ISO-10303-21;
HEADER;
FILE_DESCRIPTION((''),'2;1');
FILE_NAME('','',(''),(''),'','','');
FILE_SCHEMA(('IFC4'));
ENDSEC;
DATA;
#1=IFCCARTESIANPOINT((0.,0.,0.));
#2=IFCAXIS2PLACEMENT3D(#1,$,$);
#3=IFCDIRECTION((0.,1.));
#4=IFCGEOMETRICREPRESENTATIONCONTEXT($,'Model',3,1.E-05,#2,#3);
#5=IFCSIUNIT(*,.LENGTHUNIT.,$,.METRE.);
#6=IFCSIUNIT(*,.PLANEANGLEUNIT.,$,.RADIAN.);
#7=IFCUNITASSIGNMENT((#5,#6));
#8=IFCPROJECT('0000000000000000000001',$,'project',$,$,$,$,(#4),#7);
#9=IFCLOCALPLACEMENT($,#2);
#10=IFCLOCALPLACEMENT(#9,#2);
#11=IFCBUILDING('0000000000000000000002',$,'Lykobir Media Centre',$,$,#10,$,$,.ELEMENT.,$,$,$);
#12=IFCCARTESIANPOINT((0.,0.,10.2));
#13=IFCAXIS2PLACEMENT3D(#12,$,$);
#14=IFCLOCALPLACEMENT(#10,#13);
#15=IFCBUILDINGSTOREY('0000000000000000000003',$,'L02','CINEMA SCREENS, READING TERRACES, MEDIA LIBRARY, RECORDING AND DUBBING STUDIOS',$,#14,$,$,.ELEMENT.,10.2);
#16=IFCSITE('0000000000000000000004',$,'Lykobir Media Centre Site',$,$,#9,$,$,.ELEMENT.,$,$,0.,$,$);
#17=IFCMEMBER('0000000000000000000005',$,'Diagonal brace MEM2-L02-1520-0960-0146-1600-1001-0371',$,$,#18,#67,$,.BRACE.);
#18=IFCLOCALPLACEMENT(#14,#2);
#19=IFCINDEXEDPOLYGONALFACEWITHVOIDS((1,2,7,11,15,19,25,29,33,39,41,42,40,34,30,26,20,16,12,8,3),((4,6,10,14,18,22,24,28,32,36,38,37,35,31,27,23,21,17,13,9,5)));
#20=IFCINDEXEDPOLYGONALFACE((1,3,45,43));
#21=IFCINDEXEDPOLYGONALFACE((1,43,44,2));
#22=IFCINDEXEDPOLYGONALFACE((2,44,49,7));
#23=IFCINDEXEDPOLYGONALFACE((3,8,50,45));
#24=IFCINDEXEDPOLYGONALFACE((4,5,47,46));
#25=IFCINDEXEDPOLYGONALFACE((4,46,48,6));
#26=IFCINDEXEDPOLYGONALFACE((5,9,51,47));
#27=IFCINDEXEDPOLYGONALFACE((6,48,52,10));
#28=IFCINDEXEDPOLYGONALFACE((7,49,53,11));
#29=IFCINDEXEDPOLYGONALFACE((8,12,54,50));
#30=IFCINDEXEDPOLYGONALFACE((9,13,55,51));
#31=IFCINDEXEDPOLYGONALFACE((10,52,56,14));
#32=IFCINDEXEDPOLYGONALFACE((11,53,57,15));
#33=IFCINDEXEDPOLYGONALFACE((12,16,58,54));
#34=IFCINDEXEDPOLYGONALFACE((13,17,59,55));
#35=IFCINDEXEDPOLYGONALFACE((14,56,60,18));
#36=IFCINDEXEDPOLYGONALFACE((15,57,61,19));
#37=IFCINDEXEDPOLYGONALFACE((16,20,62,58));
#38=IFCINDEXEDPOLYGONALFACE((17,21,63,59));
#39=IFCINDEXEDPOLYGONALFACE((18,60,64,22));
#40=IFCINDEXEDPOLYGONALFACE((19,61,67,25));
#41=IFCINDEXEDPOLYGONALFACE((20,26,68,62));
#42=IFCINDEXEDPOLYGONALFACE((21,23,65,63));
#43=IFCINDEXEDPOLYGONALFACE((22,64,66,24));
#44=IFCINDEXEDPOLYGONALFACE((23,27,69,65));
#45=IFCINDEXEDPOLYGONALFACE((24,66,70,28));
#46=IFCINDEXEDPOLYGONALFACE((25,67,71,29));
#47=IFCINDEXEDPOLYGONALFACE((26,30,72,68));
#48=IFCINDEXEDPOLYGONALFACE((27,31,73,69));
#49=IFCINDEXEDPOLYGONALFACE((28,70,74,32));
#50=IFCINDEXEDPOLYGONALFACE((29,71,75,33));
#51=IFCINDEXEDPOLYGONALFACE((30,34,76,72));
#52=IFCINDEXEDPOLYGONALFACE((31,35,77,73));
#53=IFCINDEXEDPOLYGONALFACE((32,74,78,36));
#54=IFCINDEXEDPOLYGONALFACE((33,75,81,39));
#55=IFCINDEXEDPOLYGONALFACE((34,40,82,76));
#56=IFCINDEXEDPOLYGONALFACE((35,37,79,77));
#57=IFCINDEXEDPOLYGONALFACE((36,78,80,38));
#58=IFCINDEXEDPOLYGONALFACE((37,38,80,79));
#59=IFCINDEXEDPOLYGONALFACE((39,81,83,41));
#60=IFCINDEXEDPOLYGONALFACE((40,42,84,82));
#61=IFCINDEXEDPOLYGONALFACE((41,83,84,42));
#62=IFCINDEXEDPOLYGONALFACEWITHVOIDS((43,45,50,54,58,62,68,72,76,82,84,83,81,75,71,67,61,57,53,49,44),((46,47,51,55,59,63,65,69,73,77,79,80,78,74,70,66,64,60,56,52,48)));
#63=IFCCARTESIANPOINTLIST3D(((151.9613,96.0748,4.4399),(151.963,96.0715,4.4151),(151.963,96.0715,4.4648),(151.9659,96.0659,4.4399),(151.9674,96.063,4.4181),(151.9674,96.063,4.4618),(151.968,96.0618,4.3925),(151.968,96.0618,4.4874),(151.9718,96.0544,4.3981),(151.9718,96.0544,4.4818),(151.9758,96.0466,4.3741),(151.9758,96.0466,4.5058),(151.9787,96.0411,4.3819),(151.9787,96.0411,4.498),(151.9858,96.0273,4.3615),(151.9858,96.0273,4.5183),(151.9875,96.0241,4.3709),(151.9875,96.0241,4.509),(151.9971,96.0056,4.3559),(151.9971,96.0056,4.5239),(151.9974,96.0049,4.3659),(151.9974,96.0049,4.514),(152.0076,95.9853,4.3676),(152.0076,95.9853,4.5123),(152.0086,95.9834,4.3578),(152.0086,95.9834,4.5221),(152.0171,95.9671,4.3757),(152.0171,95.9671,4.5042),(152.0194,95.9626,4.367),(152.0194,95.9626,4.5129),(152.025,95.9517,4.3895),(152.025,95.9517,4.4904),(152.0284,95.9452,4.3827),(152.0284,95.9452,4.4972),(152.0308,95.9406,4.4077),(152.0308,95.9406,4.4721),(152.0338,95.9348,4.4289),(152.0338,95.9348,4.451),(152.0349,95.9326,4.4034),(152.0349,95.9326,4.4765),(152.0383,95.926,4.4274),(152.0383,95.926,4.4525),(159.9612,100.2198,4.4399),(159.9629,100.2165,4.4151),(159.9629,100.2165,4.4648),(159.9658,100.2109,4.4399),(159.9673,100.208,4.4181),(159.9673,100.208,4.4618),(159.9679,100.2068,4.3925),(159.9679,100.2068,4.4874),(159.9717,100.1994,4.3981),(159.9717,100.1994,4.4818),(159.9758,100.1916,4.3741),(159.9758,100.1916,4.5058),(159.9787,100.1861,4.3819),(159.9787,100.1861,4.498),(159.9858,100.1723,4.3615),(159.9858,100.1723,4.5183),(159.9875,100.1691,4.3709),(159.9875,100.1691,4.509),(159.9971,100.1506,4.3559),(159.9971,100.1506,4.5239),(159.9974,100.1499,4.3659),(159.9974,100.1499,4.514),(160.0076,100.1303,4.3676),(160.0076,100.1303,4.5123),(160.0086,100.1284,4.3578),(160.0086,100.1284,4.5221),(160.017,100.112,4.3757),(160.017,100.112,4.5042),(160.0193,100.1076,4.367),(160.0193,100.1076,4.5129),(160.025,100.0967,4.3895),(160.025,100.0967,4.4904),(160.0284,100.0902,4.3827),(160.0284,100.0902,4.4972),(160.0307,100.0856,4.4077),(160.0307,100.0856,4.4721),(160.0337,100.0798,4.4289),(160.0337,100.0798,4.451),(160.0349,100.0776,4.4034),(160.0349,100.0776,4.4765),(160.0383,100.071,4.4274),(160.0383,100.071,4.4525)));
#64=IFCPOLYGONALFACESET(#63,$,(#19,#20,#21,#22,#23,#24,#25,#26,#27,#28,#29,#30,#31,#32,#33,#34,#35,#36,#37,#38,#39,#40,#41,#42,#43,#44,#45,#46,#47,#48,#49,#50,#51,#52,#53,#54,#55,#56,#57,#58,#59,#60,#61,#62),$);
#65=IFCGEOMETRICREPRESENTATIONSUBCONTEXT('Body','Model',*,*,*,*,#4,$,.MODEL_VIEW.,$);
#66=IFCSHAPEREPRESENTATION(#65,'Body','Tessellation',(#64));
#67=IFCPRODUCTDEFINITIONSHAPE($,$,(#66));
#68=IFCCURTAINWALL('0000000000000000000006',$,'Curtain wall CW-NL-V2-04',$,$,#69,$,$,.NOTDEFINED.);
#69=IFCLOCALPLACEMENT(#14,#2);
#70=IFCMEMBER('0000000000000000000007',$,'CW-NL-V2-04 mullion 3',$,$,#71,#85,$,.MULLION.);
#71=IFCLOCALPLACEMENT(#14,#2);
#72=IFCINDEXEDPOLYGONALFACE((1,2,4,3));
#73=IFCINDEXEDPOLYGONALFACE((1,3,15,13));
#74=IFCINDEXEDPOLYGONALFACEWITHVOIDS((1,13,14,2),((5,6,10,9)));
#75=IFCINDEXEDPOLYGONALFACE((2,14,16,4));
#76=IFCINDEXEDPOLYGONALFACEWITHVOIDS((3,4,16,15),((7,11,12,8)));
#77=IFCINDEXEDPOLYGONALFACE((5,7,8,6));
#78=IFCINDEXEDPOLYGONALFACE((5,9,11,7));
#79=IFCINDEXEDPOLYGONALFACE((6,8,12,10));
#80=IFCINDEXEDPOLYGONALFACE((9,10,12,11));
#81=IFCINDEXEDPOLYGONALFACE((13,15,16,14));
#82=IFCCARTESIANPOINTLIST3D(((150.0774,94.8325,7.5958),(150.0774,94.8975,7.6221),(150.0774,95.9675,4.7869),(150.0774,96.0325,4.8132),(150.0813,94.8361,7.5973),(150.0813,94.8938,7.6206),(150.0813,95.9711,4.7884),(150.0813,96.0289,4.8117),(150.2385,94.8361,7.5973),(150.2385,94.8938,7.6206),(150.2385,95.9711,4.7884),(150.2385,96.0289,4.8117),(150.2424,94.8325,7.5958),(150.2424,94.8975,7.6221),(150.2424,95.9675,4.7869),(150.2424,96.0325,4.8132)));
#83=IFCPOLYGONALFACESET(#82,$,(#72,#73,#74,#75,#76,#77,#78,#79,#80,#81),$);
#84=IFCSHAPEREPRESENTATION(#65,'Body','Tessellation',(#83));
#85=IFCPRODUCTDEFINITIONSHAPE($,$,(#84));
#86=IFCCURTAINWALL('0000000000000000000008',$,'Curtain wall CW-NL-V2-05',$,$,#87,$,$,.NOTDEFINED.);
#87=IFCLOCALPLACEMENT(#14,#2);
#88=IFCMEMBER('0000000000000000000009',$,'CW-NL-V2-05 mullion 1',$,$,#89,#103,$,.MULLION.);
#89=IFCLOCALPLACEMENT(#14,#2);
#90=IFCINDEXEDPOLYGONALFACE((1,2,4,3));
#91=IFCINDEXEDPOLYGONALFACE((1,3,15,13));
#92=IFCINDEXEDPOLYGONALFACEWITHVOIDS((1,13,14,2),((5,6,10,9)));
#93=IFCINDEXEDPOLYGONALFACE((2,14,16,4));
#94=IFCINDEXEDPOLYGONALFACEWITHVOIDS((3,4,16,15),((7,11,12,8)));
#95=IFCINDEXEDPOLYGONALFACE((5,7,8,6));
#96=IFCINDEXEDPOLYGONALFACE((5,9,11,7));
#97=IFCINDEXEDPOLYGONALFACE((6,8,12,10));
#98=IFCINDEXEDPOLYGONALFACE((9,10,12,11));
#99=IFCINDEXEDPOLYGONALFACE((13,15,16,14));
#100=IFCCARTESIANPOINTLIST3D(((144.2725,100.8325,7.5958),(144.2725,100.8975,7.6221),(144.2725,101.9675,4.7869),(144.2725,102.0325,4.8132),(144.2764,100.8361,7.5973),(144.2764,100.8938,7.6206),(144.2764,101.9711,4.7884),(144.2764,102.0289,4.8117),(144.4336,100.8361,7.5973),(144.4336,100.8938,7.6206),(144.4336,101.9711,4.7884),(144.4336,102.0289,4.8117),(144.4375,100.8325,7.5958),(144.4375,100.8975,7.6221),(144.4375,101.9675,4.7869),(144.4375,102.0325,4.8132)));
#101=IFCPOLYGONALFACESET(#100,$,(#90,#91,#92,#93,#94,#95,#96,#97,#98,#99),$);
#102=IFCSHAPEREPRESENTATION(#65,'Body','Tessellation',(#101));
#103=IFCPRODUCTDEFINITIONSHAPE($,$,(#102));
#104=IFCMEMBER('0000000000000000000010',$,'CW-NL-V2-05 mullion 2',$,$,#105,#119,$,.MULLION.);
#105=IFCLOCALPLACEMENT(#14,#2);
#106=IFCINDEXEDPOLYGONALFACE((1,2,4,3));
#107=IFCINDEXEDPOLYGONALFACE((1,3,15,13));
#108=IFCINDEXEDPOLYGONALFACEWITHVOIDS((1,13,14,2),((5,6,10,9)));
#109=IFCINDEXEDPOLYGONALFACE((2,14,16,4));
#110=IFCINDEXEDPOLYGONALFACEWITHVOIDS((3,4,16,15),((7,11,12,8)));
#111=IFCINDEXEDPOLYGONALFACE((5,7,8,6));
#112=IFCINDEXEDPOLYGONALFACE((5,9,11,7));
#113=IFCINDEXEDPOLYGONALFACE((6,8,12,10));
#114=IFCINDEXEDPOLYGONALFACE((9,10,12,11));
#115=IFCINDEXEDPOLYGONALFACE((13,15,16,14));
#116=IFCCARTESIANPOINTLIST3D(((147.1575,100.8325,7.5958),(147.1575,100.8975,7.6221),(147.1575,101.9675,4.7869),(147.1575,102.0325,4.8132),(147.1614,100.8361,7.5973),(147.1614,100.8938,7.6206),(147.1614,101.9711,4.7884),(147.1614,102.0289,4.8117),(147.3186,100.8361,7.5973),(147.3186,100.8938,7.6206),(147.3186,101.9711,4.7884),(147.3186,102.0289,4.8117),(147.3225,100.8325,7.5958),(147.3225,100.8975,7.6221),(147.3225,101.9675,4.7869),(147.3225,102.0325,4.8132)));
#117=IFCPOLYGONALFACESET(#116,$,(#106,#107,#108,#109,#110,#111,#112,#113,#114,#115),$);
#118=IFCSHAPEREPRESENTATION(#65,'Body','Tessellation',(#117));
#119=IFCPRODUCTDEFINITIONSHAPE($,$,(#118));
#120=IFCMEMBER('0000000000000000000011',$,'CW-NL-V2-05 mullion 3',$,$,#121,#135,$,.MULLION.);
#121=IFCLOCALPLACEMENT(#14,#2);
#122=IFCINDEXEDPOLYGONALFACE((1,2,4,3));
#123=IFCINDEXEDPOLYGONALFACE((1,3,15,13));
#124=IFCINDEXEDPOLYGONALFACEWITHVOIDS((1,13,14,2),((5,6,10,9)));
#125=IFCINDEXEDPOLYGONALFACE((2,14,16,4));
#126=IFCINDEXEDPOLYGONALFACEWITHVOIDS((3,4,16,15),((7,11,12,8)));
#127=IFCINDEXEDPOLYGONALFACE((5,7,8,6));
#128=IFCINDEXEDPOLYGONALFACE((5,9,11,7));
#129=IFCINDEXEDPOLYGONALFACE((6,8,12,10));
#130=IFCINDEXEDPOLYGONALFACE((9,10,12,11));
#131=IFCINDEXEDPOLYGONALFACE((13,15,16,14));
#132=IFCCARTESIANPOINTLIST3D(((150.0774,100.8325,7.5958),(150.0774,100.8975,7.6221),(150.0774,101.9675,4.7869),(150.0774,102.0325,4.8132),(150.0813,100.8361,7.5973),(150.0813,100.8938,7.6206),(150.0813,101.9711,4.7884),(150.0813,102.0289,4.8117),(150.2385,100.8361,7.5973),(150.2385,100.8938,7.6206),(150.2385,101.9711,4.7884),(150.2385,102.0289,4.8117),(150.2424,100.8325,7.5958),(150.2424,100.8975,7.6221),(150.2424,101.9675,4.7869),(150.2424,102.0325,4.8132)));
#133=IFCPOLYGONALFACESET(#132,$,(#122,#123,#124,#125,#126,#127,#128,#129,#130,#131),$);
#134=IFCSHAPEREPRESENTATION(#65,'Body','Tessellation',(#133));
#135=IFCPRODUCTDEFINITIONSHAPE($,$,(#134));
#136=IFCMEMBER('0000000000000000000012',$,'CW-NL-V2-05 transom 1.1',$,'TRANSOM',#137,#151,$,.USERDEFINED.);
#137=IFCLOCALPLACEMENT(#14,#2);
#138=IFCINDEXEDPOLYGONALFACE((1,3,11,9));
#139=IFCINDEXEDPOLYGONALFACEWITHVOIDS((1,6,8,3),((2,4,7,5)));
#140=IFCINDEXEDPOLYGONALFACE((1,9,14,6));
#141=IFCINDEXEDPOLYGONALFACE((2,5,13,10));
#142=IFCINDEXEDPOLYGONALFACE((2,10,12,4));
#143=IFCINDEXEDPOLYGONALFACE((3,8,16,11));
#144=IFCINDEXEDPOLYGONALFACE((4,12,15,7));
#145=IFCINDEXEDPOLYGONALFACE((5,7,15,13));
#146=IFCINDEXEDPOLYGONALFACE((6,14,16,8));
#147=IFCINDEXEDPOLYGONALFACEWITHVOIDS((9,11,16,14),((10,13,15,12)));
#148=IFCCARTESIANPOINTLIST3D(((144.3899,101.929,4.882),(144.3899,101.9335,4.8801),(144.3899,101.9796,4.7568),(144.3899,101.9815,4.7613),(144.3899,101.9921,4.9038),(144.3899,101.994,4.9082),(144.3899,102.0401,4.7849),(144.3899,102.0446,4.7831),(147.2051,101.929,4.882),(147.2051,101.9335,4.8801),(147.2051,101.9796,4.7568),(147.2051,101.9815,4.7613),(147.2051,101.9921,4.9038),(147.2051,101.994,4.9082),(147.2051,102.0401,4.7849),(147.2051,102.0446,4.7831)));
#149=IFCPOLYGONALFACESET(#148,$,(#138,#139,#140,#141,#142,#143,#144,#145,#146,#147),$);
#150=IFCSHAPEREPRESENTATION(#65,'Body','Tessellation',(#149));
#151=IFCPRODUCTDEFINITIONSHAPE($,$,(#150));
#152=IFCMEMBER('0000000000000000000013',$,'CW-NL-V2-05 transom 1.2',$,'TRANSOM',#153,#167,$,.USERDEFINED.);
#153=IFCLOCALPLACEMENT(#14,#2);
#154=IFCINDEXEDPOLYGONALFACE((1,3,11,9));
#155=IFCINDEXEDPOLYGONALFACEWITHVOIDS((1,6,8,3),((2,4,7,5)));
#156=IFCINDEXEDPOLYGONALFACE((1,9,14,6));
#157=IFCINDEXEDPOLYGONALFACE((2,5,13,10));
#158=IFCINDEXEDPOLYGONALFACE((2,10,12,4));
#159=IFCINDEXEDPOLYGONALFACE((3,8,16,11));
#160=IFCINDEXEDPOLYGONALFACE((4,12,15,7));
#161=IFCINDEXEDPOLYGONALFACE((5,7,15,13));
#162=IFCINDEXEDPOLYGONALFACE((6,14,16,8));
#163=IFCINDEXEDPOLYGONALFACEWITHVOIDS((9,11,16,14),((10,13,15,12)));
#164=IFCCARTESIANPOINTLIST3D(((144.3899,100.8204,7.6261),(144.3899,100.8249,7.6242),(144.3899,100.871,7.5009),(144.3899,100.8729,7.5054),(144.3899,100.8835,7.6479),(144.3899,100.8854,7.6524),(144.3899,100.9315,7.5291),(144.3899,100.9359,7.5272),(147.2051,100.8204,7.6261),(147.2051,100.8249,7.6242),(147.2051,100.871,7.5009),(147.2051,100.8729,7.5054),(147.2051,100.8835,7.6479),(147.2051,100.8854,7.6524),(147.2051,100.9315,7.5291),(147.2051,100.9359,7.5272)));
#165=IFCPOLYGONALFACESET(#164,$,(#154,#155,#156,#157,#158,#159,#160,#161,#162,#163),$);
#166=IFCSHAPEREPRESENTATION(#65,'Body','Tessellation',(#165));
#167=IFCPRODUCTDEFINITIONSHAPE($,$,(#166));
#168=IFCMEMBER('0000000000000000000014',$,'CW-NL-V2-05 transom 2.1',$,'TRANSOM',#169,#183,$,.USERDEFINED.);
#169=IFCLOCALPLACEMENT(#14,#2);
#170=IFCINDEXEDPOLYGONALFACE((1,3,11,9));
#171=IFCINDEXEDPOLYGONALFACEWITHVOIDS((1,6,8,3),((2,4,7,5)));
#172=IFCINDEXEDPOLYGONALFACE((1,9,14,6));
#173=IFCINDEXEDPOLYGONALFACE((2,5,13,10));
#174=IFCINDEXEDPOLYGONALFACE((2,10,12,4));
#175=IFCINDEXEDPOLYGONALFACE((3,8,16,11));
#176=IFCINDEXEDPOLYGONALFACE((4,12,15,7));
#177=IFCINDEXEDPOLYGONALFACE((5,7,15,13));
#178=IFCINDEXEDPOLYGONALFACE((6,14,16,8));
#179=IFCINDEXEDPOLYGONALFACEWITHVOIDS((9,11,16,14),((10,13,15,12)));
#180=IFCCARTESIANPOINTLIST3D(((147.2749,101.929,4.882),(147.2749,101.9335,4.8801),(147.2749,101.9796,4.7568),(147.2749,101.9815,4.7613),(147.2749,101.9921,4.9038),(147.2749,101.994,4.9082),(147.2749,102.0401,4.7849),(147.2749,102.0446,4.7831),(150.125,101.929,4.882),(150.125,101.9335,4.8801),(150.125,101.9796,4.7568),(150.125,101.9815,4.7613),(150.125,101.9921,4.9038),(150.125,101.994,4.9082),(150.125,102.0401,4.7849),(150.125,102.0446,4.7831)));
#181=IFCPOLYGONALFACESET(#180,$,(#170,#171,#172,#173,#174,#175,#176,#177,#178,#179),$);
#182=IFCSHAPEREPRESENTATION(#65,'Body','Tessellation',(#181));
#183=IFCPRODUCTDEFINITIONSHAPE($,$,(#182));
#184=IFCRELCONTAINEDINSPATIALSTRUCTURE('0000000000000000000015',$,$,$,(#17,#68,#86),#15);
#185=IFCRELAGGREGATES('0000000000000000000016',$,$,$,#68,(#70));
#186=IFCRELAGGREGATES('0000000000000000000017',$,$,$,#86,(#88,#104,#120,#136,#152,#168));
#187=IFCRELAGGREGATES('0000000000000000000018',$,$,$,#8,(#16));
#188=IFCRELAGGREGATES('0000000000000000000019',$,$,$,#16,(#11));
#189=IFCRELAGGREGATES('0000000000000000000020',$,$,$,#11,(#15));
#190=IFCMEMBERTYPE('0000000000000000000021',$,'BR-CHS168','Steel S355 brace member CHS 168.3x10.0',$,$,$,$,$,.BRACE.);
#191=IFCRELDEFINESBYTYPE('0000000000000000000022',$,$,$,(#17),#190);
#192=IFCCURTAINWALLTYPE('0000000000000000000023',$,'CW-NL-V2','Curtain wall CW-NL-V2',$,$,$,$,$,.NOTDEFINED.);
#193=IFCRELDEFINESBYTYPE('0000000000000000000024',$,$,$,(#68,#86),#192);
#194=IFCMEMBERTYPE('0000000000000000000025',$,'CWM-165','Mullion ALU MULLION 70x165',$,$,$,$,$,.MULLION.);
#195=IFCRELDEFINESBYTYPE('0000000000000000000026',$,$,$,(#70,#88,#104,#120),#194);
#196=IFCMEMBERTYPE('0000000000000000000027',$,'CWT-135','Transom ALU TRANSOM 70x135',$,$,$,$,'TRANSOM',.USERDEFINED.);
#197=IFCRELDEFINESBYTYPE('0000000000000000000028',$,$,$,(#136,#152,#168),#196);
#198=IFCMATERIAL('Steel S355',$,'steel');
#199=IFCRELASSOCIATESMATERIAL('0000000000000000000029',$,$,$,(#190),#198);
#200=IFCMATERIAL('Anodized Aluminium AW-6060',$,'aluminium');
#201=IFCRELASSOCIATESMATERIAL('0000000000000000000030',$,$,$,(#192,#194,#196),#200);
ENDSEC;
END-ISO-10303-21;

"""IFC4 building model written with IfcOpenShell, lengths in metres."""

from ifc_helpers import new_model, si_unit, direction, frame, origin, origin_2d, place, context, subcontext, project, spatial, hollow_rectangle, hollow_circle, extrude, material, material_profile, profile_set, type_object, element, aggregate, save


model = new_model("IFC4")

# Units and contexts
model_context = context("Model", 3, precision=1e-05, world=origin(), true_north=direction((0.0, 1.0)))
body_context = subcontext(model_context, "Body", "Model", "MODEL_VIEW")
ifc_project = project(units=[si_unit("LENGTHUNIT", "METRE"), si_unit("PLANEANGLEUNIT", "RADIAN")], contexts=[model_context])

# Site, building, storey
site_placement = place(None, origin())
site = spatial("IfcSite", under=ifc_project, at=site_placement, Name="Lykobir Media Centre Site", CompositionType="ELEMENT", RefElevation=0.0)
building_placement = place(site_placement, origin())
building = spatial("IfcBuilding", under=site, at=building_placement, Name="Lykobir Media Centre", CompositionType="ELEMENT")
storey_placement = place(building_placement, frame((0.0, 0.0, 10.2)))
storey = spatial("IfcBuildingStorey", under=building, at=storey_placement, Name="L02", Description="CINEMA SCREENS, READING TERRACES, MEDIA LIBRARY, RECORDING AND DUBBING STUDIOS", CompositionType="ELEMENT", Elevation=10.2)

# Member
ifc_material_1 = material(Name="Steel S355", Category="steel")
ifc_material_profile_1 = material_profile(ifc_material_1, hollow_circle(Radius=0.0842, WallThickness=0.01, at=origin_2d()), Name="CHS 168.3x10.0")
ifc_profile_set_1 = profile_set([ifc_material_profile_1], Name="Steel S355")
member_type_1 = type_object("IfcMemberType", Name="BR-CHS168", Description="Steel S355 brace member CHS 168.3x10.0", PredefinedType="BRACE", material=ifc_profile_set_1)
member_1_placement = place(storey_placement, frame((152.0, 96.0, 4.4399), z_axis=(0.887896, 0.460043, 0.0), x_axis=(-0.460043, 0.887896, 0.0)))
element("IfcMember", 1, at=member_1_placement, inside=storey, type_object=member_type_1, Name="Diagonal brace MEM2-L02-1520-0960-0146-1600-1001-0371", PredefinedType="BRACE", context=body_context, shape_type="SweptSolid", body=[
    extrude(hollow_circle(Radius=0.0842, WallThickness=0.01, at=origin_2d()), origin(), (0.0, 0.0, 1.0), 9.01),
])

# Curtain wall, member
ifc_material_2 = material(Name="Anodized Aluminium AW-6060", Category="aluminium")
curtain_wall_type = type_object("IfcCurtainWallType", Name="CW-NL-V2", Description="Curtain wall CW-NL-V2", PredefinedType="NOTDEFINED", material=ifc_material_2)
curtain_wall_1_placement = place(storey_placement, origin())
curtain_wall_1 = element("IfcCurtainWall", 2, at=curtain_wall_1_placement, inside=storey, type_object=curtain_wall_type, Name="Curtain wall CW-NL-V2-04", PredefinedType="NOTDEFINED")
ifc_material_profile_2 = material_profile(ifc_material_2, hollow_rectangle(XDim=0.0701, YDim=0.165, WallThickness=0.0039, at=origin_2d()), Name="ALU MULLION 70x165")
ifc_profile_set_2 = profile_set([ifc_material_profile_2], Name="Anodized Aluminium AW-6060")
member_type_2 = type_object("IfcMemberType", Name="CWM-165", Description="Mullion ALU MULLION 70x165", PredefinedType="MULLION", material=ifc_profile_set_2)
member_2_placement = place(storey_placement, frame((150.1599, 96.0, 4.8), z_axis=(0.0, -0.374654, 0.927165), x_axis=(0.0, 0.927165, 0.374654)))
member_2 = element("IfcMember", 3, at=member_2_placement, type_object=member_type_2, Name="CW-NL-V2-04 mullion 3", PredefinedType="MULLION", context=body_context, shape_type="SweptSolid", body=[
    extrude(hollow_rectangle(XDim=0.0701, YDim=0.165, WallThickness=0.0039, at=origin_2d()), origin(), (0.0, 0.0, 1.0), 3.0295),
])
aggregate(curtain_wall_1, [member_2])

# Curtain wall, members
curtain_wall_2_placement = place(storey_placement, origin())
curtain_wall_2 = element("IfcCurtainWall", 4, at=curtain_wall_2_placement, inside=storey, type_object=curtain_wall_type, Name="Curtain wall CW-NL-V2-05", PredefinedType="NOTDEFINED")
member_3_placement = place(storey_placement, frame((144.355, 102.0, 4.8), z_axis=(0.0, -0.374654, 0.927165), x_axis=(0.0, 0.927165, 0.374654)))
member_3 = element("IfcMember", 5, at=member_3_placement, type_object=member_type_2, Name="CW-NL-V2-05 mullion 1", PredefinedType="MULLION", context=body_context, shape_type="SweptSolid", body=[
    extrude(hollow_rectangle(XDim=0.0701, YDim=0.165, WallThickness=0.0039, at=origin_2d()), origin(), (0.0, 0.0, 1.0), 3.0295),
])
member_4_placement = place(storey_placement, frame((147.24, 102.0, 4.8), z_axis=(0.0, -0.374654, 0.927165), x_axis=(0.0, 0.927165, 0.374654)))
member_4 = element("IfcMember", 6, at=member_4_placement, type_object=member_type_2, Name="CW-NL-V2-05 mullion 2", PredefinedType="MULLION", context=body_context, shape_type="SweptSolid", body=[
    extrude(hollow_rectangle(XDim=0.0701, YDim=0.165, WallThickness=0.0039, at=origin_2d()), origin(), (0.0, 0.0, 1.0), 3.0295),
])
member_5_placement = place(storey_placement, frame((150.1599, 102.0, 4.8), z_axis=(0.0, -0.374654, 0.927165), x_axis=(0.0, 0.927165, 0.374654)))
member_5 = element("IfcMember", 7, at=member_5_placement, type_object=member_type_2, Name="CW-NL-V2-05 mullion 3", PredefinedType="MULLION", context=body_context, shape_type="SweptSolid", body=[
    extrude(hollow_rectangle(XDim=0.0701, YDim=0.165, WallThickness=0.0039, at=origin_2d()), origin(), (0.0, 0.0, 1.0), 3.0295),
])
ifc_material_profile_3 = material_profile(ifc_material_2, hollow_rectangle(XDim=0.0701, YDim=0.135, WallThickness=0.0034, at=origin_2d()), Name="ALU TRANSOM 70x135")
ifc_profile_set_3 = profile_set([ifc_material_profile_3], Name="Anodized Aluminium AW-6060")
member_type_3 = type_object("IfcMemberType", Name="CWT-135", Description="Transom ALU TRANSOM 70x135", ElementType="TRANSOM", PredefinedType="USERDEFINED", material=ifc_profile_set_3)
member_6_placement = place(storey_placement, frame((144.3899, 101.9868, 4.8325), z_axis=(1.0, 0.0, 0.0), x_axis=(0.0, 0.927184, 0.374607)))
member_6 = element("IfcMember", 8, at=member_6_placement, type_object=member_type_3, Name="CW-NL-V2-05 transom 1.1", ObjectType="TRANSOM", PredefinedType="USERDEFINED", context=body_context, shape_type="SweptSolid", body=[
    extrude(hollow_rectangle(XDim=0.0701, YDim=0.135, WallThickness=0.0034, at=origin_2d()), origin(), (0.0, 0.0, 1.0), 2.8152),
])
member_7_placement = place(storey_placement, frame((144.3899, 100.8782, 7.5767), z_axis=(1.0, 0.0, 0.0), x_axis=(0.0, 0.927184, 0.374607)))
member_7 = element("IfcMember", 9, at=member_7_placement, type_object=member_type_3, Name="CW-NL-V2-05 transom 1.2", ObjectType="TRANSOM", PredefinedType="USERDEFINED", context=body_context, shape_type="SweptSolid", body=[
    extrude(hollow_rectangle(XDim=0.0701, YDim=0.135, WallThickness=0.0034, at=origin_2d()), origin(), (0.0, 0.0, 1.0), 2.8152),
])
member_8_placement = place(storey_placement, frame((147.2749, 101.9868, 4.8325), z_axis=(1.0, 0.0, 0.0), x_axis=(0.0, 0.927184, 0.374607)))
member_8 = element("IfcMember", 10, at=member_8_placement, type_object=member_type_3, Name="CW-NL-V2-05 transom 2.1", ObjectType="TRANSOM", PredefinedType="USERDEFINED", context=body_context, shape_type="SweptSolid", body=[
    extrude(hollow_rectangle(XDim=0.0701, YDim=0.135, WallThickness=0.0034, at=origin_2d()), origin(), (0.0, 0.0, 1.0), 2.8501),
])
aggregate(curtain_wall_2, [member_3, member_4, member_5, member_6, member_7, member_8])

save(model, "model.ifc")
